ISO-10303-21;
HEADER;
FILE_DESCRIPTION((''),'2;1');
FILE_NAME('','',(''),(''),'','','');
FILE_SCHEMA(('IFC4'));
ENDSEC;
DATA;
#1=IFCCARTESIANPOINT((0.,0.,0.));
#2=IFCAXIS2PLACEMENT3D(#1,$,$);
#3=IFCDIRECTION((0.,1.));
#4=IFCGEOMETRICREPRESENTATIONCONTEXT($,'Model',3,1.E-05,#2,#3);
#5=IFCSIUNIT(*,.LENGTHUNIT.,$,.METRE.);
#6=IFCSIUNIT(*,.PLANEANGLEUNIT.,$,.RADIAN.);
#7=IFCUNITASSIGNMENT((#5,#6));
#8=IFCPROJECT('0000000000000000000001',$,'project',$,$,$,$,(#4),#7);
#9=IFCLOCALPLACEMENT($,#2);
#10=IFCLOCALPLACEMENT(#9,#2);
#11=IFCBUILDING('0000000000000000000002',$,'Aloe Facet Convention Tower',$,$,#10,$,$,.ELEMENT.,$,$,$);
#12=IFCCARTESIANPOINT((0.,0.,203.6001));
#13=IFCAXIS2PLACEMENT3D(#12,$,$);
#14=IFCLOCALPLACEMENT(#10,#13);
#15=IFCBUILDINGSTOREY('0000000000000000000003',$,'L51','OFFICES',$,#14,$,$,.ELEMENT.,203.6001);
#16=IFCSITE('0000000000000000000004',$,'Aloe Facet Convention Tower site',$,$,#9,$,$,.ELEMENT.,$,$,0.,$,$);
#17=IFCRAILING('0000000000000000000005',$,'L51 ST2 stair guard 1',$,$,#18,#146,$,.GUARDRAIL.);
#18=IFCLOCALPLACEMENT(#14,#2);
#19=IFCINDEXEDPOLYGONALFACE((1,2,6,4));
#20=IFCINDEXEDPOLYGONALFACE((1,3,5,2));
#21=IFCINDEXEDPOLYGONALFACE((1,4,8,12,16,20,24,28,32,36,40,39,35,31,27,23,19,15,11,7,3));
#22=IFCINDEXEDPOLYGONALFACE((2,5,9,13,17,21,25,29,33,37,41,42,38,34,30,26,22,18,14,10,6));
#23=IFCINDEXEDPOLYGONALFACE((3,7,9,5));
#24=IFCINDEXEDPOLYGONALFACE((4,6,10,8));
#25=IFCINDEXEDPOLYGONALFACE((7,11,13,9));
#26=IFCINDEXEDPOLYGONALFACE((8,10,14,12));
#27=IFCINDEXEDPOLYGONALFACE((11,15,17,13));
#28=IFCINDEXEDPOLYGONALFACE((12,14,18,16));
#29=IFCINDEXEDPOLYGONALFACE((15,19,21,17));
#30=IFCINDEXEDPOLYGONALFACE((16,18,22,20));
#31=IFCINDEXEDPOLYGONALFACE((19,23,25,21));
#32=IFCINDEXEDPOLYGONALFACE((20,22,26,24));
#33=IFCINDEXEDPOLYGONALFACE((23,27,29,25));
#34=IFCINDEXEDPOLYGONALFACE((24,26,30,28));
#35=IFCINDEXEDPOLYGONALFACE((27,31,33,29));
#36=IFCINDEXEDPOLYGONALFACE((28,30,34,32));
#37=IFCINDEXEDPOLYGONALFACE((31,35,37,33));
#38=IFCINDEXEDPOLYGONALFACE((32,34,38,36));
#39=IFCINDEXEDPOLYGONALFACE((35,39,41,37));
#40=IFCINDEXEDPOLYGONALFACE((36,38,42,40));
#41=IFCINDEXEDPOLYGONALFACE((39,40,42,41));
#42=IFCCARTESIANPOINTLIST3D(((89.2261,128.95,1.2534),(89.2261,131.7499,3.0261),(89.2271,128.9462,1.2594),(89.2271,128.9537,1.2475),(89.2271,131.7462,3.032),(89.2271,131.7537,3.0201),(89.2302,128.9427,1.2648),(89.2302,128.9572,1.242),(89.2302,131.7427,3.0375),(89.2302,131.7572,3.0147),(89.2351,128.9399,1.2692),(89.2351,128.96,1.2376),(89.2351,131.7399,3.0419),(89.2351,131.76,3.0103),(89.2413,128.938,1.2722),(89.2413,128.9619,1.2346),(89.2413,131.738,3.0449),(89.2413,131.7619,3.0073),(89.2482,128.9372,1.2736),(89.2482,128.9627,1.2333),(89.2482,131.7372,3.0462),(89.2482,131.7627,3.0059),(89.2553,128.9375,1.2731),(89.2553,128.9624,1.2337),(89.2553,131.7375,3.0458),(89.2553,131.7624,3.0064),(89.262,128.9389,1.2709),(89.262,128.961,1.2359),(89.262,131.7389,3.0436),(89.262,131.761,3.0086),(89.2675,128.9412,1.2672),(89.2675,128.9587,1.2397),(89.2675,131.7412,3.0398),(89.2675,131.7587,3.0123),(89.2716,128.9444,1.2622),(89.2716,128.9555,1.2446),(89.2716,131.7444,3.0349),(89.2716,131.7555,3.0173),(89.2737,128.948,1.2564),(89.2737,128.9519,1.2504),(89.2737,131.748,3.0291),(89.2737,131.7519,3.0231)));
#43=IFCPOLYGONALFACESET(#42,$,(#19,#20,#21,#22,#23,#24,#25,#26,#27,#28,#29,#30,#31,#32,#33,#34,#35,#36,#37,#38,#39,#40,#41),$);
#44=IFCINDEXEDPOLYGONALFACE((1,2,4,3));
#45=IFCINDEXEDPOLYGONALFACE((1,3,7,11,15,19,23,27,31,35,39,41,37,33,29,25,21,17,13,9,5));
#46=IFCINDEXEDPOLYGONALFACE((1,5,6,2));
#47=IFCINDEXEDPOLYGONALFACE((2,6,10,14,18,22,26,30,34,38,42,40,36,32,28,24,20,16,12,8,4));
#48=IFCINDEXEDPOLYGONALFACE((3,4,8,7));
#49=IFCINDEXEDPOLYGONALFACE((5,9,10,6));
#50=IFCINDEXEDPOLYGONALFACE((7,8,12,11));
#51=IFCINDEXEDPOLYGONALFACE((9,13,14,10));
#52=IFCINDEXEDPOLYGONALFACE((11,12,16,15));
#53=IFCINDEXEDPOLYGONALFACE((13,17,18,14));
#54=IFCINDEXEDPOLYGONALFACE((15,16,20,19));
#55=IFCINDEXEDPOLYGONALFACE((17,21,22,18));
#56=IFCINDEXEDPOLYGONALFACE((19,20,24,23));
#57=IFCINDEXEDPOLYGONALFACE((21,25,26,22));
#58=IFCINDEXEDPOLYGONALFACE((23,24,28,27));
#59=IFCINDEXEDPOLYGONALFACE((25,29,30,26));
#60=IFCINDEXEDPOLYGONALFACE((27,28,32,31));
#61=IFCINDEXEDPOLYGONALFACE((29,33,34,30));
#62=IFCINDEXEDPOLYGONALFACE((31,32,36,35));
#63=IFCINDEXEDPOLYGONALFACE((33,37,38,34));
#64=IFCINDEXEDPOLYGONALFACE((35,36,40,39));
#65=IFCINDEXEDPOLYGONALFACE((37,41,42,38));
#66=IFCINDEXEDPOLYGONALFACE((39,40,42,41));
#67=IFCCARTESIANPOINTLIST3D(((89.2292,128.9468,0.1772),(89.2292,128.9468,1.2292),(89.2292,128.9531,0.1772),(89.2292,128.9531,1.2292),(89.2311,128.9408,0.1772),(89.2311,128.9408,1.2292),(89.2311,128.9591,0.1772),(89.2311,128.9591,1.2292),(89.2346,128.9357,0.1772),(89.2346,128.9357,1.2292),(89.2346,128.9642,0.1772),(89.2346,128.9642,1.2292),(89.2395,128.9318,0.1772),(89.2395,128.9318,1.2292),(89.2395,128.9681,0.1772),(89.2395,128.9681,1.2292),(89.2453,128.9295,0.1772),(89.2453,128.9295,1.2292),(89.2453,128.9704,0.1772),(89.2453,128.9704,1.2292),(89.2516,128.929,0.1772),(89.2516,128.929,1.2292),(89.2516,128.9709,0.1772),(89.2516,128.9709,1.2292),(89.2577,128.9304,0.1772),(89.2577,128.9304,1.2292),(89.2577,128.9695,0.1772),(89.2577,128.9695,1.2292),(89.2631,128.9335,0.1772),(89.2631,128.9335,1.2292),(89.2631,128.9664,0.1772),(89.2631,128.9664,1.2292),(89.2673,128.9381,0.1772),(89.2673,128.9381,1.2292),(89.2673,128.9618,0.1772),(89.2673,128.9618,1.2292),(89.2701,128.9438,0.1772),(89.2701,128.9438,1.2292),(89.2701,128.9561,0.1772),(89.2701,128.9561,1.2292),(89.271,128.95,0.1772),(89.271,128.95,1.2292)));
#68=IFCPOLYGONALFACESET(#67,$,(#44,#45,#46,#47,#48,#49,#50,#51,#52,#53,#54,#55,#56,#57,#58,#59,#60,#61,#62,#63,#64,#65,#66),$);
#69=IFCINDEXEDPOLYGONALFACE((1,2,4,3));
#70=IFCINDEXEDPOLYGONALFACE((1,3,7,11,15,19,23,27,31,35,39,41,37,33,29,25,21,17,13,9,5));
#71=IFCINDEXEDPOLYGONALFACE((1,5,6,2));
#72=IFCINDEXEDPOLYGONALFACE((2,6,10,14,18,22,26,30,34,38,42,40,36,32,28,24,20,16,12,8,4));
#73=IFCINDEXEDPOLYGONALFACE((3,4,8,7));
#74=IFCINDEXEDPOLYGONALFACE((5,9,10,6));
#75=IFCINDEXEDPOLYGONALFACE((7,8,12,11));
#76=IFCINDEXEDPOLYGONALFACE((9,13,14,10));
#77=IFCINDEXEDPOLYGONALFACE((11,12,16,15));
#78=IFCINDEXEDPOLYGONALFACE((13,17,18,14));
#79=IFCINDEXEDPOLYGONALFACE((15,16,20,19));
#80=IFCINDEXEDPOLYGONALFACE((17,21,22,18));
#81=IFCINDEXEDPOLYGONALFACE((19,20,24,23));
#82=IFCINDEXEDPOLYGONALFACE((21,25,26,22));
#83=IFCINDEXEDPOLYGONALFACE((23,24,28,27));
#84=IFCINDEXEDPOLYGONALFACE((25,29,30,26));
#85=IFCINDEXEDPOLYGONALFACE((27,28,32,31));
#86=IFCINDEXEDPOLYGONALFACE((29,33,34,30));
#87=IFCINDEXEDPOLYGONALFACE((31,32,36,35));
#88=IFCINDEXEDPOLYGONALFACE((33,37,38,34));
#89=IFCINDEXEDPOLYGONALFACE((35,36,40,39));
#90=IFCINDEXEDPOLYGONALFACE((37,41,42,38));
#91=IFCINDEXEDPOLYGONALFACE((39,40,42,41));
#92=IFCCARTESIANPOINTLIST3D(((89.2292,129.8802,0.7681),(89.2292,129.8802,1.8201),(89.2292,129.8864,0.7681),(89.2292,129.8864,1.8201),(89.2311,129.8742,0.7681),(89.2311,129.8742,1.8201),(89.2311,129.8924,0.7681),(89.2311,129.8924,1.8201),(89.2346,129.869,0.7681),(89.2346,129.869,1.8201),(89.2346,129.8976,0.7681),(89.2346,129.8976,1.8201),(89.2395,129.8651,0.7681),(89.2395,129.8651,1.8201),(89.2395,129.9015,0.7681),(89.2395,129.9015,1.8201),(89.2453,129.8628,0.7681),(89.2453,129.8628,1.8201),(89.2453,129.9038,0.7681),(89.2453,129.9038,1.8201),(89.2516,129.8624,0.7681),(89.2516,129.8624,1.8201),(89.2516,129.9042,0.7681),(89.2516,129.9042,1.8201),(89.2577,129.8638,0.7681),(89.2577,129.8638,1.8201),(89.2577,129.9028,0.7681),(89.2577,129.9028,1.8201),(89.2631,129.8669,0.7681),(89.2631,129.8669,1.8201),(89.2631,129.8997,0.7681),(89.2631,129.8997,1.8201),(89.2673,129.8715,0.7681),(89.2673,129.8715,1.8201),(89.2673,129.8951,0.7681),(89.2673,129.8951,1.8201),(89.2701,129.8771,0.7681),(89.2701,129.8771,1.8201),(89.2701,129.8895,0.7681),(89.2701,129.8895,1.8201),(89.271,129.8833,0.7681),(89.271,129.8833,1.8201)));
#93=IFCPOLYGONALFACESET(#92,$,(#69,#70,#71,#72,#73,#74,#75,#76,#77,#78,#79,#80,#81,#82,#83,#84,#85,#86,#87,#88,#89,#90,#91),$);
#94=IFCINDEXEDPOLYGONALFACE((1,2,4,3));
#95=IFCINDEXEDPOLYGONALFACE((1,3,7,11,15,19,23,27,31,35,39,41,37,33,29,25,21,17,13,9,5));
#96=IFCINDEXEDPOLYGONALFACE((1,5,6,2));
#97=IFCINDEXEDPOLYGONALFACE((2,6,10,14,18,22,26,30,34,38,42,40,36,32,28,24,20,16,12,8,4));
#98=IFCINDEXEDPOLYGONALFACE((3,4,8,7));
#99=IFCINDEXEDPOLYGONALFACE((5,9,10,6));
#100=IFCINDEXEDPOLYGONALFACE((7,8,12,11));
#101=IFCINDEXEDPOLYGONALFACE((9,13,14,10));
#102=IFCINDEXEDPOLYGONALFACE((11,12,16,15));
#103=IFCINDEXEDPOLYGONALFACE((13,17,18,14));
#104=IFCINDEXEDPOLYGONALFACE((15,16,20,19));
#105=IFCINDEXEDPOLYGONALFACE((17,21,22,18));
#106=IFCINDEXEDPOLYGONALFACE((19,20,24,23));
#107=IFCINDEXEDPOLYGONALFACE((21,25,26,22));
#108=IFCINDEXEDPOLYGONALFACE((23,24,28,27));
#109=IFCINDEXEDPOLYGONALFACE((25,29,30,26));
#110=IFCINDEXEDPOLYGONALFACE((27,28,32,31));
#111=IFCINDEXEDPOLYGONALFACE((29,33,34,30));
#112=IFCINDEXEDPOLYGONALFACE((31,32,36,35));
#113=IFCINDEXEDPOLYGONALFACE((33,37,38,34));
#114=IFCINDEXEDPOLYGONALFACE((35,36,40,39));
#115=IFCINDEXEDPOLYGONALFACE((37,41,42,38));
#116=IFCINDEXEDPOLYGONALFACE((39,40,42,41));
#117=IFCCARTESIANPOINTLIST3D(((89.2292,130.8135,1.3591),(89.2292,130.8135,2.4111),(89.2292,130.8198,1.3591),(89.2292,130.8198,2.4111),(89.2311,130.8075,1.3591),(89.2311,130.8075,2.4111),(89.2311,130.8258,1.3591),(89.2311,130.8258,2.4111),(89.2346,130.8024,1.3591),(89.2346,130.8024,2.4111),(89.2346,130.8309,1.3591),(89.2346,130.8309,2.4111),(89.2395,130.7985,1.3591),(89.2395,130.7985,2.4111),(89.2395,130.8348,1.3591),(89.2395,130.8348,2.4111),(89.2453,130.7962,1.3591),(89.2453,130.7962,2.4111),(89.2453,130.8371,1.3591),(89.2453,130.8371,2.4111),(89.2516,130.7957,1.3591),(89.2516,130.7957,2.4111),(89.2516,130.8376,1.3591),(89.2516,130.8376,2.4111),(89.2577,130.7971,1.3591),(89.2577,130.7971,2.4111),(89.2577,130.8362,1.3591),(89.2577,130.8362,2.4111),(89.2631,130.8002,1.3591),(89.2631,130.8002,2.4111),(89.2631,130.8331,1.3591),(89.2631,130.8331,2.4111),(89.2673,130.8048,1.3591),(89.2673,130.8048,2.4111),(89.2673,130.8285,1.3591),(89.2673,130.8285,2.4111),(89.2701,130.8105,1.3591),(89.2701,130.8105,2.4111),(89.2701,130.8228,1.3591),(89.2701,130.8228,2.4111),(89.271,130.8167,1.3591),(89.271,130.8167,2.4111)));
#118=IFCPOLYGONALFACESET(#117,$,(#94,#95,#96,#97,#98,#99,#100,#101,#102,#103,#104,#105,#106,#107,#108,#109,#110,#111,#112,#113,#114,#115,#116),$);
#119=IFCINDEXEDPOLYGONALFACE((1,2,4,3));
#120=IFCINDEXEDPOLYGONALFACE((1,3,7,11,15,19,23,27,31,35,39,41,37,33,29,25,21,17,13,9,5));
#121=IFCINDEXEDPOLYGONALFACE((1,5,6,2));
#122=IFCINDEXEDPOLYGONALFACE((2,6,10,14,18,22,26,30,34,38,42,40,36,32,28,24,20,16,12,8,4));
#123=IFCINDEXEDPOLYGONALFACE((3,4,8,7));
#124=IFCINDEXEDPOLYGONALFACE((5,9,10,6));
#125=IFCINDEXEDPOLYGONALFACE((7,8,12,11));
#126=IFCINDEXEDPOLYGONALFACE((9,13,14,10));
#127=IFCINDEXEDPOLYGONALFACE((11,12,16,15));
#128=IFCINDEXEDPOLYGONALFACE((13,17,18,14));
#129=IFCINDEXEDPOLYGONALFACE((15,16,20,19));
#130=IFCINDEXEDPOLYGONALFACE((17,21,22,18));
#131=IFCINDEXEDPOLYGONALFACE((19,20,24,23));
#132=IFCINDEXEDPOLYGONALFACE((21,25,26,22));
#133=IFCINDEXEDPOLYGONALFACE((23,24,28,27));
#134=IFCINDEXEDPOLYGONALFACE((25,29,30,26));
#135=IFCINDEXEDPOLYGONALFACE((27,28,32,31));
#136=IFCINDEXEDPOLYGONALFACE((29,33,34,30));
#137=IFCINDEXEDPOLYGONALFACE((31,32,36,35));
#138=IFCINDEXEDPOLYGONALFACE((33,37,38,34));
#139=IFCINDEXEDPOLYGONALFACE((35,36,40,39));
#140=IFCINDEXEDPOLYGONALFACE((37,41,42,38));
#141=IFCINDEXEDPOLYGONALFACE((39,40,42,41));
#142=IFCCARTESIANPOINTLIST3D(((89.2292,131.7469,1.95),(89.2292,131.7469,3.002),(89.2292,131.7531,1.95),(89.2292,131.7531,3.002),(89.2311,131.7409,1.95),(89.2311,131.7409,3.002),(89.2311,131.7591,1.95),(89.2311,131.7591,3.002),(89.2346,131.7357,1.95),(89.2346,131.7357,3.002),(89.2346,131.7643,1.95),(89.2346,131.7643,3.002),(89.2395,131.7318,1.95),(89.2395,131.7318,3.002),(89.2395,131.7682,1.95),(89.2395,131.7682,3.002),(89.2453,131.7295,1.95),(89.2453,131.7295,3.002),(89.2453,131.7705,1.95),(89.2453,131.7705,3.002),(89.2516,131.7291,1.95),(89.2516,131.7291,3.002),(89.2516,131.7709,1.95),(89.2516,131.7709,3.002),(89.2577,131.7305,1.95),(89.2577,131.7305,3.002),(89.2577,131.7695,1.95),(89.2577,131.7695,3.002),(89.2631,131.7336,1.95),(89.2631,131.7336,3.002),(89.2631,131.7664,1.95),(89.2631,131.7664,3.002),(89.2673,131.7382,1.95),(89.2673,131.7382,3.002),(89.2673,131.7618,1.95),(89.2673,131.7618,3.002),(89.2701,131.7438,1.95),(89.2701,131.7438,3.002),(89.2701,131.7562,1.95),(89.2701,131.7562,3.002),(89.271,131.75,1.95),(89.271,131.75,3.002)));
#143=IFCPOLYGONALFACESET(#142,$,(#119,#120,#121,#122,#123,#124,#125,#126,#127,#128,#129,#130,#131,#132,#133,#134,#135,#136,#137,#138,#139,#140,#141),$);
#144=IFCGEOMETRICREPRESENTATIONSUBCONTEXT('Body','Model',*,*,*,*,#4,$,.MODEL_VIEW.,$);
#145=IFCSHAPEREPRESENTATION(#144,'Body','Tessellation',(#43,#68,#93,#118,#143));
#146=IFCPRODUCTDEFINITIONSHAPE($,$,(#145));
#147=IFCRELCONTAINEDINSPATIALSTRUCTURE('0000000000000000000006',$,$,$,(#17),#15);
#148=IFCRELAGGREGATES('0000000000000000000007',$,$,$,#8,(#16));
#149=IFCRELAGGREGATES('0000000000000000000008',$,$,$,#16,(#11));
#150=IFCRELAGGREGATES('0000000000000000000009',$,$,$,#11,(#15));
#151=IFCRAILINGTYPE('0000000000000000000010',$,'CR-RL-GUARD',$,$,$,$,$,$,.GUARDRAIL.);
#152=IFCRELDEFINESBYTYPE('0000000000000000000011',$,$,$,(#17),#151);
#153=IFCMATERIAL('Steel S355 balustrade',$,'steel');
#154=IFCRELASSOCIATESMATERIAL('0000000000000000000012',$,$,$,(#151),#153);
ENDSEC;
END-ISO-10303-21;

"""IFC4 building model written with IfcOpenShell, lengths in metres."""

from ifc_helpers import new_model, si_unit, direction, frame, origin, origin_2d, place, context, subcontext, project, spatial, circle, extrude, material, type_object, element, save


model = new_model("IFC4")

# Units and contexts
model_context = context("Model", 3, precision=1e-05, world=origin(), true_north=direction((0.0, 1.0)))
body_context = subcontext(model_context, "Body", "Model", "MODEL_VIEW")
ifc_project = project(units=[si_unit("LENGTHUNIT", "METRE"), si_unit("PLANEANGLEUNIT", "RADIAN")], contexts=[model_context])

# Site, building, storey
site_placement = place(None, origin())
site = spatial("IfcSite", under=ifc_project, at=site_placement, Name="Aloe Facet Convention Tower site", CompositionType="ELEMENT", RefElevation=0.0)
building_placement = place(site_placement, origin())
building = spatial("IfcBuilding", under=site, at=building_placement, Name="Aloe Facet Convention Tower", CompositionType="ELEMENT")
storey_placement = place(building_placement, frame((0.0, 0.0, 203.6001)))
storey = spatial("IfcBuildingStorey", under=building, at=storey_placement, Name="L51", Description="OFFICES", CompositionType="ELEMENT", Elevation=203.6001)

# Railing
ifc_material_1 = material(Name="Steel S355 balustrade", Category="steel")
railing_type_1 = type_object("IfcRailingType", Name="CR-RL-GUARD", PredefinedType="GUARDRAIL", material=ifc_material_1)
railing_1_placement = place(storey_placement, frame((89.25, 128.95, 0.1772)))
element("IfcRailing", 1, at=railing_1_placement, inside=storey, type_object=railing_type_1, Name="L51 ST2 stair guard 1", PredefinedType="GUARDRAIL", context=body_context, shape_type="SweptSolid", body=[
    extrude(circle(Radius=0.0239, at=origin_2d()), frame((0.0, 0.0, 1.0762), z_axis=(0.0, 0.844909, 0.53491), x_axis=(-1.0, 0.0, 0.0)), (0.0, 0.0, 1.0), 3.314),
    extrude(circle(Radius=0.021, at=origin_2d()), origin(), (0.0, 0.0, 1.0), 1.052),
    extrude(circle(Radius=0.021, at=origin_2d()), frame((0.0, 0.9333, 0.5908)), (0.0, 0.0, 1.0), 1.052),
    extrude(circle(Radius=0.021, at=origin_2d()), frame((0.0, 1.8667, 1.1819)), (0.0, 0.0, 1.0), 1.052),
    extrude(circle(Radius=0.021, at=origin_2d()), frame((0.0, 2.8, 1.7727)), (0.0, 0.0, 1.0), 1.052),
])

save(model, "model.ifc")
